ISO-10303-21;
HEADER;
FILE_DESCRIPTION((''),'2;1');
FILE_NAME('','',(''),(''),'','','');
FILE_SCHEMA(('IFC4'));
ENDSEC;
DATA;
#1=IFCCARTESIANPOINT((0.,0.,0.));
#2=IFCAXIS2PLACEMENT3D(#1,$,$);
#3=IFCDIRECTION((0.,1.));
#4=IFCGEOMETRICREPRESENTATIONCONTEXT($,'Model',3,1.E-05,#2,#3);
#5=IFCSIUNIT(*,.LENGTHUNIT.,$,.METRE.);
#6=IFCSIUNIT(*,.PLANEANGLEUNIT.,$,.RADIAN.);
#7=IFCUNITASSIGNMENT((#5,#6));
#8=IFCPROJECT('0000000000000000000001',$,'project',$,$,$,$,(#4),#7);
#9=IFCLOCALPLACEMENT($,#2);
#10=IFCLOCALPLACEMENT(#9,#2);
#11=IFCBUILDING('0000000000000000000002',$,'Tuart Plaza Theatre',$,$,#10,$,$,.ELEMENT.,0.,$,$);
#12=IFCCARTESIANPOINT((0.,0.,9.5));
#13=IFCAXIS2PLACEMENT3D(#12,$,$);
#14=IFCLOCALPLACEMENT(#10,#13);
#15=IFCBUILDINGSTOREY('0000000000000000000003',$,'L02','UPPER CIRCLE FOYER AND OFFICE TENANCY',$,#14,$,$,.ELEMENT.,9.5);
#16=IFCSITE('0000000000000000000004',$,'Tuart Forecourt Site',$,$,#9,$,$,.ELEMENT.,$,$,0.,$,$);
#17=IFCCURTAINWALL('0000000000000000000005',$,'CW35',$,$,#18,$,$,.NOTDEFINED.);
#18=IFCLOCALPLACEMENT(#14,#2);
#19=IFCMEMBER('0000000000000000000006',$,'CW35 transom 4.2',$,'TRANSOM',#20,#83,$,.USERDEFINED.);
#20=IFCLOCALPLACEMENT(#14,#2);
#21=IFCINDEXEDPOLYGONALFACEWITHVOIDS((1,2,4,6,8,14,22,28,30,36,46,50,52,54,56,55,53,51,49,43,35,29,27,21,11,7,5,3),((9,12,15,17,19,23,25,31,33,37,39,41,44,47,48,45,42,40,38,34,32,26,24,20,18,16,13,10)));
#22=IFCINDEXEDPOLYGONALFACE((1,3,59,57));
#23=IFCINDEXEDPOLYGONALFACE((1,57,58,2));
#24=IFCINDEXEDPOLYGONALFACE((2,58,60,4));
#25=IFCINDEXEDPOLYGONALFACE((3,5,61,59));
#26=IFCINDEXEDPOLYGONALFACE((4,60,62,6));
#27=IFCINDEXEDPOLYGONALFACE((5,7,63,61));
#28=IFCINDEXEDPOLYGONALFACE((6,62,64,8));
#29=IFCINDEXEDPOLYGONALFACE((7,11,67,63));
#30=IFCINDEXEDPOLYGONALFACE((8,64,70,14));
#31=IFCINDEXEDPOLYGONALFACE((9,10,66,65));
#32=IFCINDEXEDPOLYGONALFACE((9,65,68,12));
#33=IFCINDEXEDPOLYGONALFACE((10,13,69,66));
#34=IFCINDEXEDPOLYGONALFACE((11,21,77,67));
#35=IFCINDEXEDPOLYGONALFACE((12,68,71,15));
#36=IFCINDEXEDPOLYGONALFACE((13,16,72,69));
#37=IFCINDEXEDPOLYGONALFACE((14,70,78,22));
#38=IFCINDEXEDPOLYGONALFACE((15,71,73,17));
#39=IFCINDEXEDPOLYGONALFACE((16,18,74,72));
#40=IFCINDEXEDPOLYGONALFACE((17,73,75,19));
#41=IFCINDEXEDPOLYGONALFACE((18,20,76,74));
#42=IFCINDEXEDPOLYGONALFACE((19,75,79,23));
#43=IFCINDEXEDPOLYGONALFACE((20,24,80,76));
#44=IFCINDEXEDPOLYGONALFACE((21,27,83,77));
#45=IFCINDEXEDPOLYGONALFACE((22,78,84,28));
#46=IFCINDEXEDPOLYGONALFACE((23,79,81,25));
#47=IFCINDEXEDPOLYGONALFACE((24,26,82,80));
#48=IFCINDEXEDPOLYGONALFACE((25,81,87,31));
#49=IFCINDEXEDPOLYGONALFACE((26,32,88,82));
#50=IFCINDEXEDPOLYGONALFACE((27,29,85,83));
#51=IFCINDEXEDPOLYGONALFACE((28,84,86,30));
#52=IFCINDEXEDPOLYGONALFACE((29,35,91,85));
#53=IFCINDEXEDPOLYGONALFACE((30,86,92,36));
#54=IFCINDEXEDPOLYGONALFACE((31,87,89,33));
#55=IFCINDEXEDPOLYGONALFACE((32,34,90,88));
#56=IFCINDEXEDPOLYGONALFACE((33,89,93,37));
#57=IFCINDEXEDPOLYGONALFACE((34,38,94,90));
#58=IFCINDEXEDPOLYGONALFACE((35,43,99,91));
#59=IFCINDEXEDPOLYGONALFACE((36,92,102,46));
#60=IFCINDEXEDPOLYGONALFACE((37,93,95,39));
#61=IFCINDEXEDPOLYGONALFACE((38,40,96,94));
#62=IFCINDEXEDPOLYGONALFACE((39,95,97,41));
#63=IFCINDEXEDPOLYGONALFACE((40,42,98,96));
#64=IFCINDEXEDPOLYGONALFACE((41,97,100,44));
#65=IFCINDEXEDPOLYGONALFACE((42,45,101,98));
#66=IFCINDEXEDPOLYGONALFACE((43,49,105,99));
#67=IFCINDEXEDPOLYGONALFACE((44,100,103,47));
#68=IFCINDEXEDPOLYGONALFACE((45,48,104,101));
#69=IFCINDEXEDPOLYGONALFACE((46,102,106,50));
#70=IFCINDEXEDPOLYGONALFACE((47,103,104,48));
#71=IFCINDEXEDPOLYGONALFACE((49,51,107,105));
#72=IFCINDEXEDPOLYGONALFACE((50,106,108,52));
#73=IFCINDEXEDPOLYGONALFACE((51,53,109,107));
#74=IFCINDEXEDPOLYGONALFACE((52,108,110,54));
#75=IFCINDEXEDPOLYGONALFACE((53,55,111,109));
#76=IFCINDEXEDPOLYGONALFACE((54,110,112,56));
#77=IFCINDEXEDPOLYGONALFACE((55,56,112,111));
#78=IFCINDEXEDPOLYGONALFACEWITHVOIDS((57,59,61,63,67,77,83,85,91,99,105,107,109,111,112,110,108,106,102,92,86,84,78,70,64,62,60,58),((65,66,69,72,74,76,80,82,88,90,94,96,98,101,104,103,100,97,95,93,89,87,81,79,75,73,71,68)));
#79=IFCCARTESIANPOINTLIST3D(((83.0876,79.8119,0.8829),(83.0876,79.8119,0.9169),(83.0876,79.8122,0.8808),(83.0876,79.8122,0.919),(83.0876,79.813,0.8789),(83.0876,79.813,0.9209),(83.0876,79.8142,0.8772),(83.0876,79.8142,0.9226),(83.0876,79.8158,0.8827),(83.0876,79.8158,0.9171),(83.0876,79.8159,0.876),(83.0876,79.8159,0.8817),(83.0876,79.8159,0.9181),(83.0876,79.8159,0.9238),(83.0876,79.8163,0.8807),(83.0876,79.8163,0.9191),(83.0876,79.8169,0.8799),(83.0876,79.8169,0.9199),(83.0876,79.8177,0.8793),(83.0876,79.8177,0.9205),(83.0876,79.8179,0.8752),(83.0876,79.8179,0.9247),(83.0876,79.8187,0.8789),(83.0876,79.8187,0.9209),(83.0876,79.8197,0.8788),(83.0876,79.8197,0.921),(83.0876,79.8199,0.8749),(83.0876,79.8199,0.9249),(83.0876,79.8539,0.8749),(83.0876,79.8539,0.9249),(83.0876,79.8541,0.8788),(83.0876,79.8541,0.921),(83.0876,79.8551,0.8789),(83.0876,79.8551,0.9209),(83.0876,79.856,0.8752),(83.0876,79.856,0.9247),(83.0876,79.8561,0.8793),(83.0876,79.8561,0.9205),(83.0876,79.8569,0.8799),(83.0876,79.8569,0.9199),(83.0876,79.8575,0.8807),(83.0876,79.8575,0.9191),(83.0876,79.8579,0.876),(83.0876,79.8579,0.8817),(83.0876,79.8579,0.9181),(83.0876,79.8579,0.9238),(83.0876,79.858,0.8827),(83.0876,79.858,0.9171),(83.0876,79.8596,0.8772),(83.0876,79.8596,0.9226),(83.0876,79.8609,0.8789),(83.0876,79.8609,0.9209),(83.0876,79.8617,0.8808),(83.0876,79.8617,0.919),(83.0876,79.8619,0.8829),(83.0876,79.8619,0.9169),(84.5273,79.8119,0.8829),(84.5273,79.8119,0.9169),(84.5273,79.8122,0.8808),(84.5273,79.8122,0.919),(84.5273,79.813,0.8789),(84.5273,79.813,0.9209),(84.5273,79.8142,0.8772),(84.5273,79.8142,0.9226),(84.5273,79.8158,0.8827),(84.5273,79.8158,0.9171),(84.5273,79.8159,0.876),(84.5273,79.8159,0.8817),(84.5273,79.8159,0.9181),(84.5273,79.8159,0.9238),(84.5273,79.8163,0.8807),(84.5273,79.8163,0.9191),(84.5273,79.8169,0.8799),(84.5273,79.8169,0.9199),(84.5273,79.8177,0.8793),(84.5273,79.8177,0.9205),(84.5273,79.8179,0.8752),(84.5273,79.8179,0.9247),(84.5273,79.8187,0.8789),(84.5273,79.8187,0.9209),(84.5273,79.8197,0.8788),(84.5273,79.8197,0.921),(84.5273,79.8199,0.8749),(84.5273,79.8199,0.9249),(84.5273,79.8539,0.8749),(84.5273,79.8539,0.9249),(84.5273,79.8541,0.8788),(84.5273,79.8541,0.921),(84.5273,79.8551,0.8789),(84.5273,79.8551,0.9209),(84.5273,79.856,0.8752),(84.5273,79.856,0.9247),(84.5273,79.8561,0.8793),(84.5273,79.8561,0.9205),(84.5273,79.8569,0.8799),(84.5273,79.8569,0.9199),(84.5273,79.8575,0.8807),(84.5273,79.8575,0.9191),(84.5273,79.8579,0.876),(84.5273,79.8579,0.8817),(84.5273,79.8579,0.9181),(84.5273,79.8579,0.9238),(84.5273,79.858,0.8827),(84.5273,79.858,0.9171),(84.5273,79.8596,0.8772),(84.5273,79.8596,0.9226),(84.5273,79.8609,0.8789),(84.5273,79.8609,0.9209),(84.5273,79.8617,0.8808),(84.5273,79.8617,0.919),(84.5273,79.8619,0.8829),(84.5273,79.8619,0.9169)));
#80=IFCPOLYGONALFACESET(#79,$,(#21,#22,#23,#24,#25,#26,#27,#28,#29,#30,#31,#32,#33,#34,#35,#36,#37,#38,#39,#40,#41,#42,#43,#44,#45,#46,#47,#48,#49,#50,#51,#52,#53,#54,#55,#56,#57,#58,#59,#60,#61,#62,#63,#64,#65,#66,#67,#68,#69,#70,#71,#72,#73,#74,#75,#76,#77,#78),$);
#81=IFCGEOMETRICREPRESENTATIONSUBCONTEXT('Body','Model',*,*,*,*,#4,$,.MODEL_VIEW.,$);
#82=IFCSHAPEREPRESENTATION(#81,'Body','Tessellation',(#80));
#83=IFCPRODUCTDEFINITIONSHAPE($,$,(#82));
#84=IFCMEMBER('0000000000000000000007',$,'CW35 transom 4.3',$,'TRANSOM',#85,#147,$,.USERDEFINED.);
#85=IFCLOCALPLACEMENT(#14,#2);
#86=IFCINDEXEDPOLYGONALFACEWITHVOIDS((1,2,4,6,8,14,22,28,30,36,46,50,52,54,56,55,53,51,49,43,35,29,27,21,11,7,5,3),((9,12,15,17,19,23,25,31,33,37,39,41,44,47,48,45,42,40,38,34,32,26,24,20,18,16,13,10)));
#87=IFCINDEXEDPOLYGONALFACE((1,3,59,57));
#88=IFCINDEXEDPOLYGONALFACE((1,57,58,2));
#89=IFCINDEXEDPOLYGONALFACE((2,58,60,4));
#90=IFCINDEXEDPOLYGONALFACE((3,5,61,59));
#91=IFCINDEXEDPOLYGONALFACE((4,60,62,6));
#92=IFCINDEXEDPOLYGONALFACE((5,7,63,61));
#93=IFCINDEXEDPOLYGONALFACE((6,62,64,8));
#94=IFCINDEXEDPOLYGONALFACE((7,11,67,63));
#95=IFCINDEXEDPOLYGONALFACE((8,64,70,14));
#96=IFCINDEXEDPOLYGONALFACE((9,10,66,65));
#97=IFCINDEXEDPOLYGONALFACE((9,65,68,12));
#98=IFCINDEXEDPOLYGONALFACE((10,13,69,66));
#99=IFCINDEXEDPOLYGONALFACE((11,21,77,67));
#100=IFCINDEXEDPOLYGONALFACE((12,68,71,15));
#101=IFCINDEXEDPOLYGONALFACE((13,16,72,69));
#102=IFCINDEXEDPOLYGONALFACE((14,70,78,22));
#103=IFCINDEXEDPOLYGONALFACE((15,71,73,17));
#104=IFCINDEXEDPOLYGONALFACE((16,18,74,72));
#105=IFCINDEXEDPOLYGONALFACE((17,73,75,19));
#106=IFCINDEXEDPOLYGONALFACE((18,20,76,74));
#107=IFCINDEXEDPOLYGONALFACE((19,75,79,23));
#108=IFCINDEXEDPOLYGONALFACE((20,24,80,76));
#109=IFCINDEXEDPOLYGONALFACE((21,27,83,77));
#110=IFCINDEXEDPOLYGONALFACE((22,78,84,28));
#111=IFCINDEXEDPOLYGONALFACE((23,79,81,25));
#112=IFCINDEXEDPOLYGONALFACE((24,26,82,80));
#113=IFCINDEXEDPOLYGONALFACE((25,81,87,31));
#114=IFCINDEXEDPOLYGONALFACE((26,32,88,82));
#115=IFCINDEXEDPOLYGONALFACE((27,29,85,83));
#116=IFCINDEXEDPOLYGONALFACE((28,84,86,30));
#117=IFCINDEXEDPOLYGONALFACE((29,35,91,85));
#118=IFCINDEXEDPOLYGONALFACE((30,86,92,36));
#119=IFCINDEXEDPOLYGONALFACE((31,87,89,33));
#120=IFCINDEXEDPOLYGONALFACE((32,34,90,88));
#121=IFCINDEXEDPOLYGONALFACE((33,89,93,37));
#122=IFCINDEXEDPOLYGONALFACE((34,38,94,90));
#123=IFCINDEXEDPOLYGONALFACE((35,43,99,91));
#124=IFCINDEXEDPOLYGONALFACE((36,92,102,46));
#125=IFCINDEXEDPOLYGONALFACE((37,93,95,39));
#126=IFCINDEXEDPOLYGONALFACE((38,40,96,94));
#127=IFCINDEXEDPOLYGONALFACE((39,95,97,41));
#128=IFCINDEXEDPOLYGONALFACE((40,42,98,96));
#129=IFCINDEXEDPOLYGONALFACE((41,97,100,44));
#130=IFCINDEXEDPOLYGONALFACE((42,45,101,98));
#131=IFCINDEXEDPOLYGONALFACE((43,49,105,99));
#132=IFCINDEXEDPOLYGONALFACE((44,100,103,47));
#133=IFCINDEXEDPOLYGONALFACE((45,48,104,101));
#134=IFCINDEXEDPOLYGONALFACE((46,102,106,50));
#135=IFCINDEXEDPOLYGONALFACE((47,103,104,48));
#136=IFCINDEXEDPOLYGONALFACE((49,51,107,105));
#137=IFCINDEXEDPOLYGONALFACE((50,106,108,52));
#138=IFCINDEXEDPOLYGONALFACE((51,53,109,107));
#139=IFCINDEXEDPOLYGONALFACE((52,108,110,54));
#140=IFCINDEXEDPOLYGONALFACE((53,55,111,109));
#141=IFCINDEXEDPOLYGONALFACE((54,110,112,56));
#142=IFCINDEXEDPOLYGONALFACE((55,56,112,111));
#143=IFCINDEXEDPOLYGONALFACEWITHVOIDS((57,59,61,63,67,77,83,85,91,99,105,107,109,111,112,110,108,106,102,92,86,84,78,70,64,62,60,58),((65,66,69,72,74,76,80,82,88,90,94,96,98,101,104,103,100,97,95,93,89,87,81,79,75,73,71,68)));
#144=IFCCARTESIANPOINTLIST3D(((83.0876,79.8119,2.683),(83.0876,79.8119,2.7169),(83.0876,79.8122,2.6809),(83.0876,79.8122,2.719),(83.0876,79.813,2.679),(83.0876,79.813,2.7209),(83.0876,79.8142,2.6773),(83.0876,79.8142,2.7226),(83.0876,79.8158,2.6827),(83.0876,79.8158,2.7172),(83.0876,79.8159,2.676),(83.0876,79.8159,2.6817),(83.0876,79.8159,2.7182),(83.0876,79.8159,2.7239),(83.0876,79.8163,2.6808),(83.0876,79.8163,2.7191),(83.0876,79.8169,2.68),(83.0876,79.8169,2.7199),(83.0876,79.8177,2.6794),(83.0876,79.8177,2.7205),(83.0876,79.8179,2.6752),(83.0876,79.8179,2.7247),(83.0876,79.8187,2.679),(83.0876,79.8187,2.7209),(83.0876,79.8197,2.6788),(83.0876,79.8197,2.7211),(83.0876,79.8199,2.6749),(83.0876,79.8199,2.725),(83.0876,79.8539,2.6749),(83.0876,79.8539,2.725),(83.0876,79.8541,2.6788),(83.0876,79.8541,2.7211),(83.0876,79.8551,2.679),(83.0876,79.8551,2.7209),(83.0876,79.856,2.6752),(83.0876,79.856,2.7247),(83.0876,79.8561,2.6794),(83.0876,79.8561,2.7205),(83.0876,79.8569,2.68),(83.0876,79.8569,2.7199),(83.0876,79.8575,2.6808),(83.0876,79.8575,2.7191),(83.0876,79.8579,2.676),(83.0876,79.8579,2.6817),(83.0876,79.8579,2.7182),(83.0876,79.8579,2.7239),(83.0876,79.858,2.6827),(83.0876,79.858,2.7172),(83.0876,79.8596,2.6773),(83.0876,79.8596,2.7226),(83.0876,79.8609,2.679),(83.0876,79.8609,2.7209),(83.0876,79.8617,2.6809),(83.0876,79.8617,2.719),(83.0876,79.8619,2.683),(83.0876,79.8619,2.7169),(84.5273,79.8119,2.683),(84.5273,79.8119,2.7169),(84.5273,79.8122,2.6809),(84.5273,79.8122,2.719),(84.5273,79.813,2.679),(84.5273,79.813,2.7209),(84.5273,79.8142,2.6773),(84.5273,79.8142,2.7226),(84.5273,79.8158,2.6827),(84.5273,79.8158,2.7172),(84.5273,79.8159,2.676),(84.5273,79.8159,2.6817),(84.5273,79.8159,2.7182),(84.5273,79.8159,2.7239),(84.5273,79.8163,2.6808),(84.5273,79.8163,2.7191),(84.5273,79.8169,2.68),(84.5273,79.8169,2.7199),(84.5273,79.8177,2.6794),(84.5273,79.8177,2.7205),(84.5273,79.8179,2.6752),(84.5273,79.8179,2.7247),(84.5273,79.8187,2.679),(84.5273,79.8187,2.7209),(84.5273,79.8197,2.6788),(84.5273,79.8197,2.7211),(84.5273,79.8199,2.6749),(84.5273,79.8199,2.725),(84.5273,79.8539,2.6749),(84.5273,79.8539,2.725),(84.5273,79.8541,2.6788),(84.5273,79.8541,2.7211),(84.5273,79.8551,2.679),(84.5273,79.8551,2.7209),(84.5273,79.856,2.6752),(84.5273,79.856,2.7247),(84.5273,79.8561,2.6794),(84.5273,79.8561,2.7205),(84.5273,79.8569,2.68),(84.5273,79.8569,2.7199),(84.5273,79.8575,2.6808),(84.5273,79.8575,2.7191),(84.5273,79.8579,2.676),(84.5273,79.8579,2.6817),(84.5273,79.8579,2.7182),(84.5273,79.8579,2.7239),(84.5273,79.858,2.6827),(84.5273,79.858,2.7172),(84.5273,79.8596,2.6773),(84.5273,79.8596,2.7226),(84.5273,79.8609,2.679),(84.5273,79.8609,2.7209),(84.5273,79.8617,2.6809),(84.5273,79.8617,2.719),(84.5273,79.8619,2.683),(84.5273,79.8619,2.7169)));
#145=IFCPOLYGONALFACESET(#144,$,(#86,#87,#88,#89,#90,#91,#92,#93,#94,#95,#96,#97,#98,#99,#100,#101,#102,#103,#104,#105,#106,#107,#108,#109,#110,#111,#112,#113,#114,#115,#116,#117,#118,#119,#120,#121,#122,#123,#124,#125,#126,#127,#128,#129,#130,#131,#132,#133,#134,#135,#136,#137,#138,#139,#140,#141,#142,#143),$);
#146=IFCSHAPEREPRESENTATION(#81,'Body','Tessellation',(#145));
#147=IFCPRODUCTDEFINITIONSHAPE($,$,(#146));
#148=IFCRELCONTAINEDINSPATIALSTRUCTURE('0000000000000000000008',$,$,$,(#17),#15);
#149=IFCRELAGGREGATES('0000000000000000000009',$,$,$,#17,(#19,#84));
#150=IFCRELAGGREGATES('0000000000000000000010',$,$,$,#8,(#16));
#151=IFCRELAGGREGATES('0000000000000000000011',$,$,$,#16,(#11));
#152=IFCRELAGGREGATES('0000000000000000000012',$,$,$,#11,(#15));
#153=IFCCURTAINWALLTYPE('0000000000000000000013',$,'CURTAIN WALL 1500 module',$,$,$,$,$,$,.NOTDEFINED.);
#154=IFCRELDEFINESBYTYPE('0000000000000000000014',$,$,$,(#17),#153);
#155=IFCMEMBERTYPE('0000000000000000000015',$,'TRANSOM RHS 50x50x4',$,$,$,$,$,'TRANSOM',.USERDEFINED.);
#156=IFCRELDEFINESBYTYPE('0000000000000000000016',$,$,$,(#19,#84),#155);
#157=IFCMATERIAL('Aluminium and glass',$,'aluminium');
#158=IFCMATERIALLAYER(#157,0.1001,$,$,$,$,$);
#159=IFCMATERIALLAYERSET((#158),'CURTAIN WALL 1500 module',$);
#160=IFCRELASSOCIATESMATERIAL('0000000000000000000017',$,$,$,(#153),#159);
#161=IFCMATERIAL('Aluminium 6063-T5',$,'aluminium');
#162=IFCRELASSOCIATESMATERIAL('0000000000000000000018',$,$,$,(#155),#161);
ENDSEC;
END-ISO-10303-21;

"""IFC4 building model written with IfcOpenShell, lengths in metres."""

from ifc_helpers import new_model, si_unit, direction, frame, origin, origin_2d, place, context, subcontext, project, spatial, hollow_rectangle, extrude, material, layer, layer_set, material_profile, profile_set, type_object, element, aggregate, save


model = new_model("IFC4")

# Units and contexts
model_context = context("Model", 3, precision=1e-05, world=origin(), true_north=direction((0.0, 1.0)))
body_context = subcontext(model_context, "Body", "Model", "MODEL_VIEW")
ifc_project = project(units=[si_unit("LENGTHUNIT", "METRE"), si_unit("PLANEANGLEUNIT", "RADIAN")], contexts=[model_context])

# Site, building, storey
site_placement = place(None, origin())
site = spatial("IfcSite", under=ifc_project, at=site_placement, Name="Tuart Forecourt Site", CompositionType="ELEMENT", RefElevation=0.0)
building_placement = place(site_placement, origin())
building = spatial("IfcBuilding", under=site, at=building_placement, Name="Tuart Plaza Theatre", CompositionType="ELEMENT", ElevationOfRefHeight=0.0)
storey_placement = place(building_placement, frame((0.0, 0.0, 9.5)))
storey = spatial("IfcBuildingStorey", under=building, at=storey_placement, Name="L02", Description="UPPER CIRCLE FOYER AND OFFICE TENANCY", CompositionType="ELEMENT", Elevation=9.5)

# Curtain wall, members
ifc_material_1 = material(Name="Aluminium and glass", Category="aluminium")
ifc_layer_1 = layer(ifc_material_1, 0.1001)
ifc_layer_set_1 = layer_set([ifc_layer_1], Name="CURTAIN WALL 1500 module")
curtain_wall_type = type_object("IfcCurtainWallType", Name="CURTAIN WALL 1500 module", PredefinedType="NOTDEFINED", material=ifc_layer_set_1)
curtain_wall_placement = place(storey_placement, origin())
curtain_wall = element("IfcCurtainWall", 1, at=curtain_wall_placement, inside=storey, type_object=curtain_wall_type, Name="CW35", PredefinedType="NOTDEFINED")
ifc_material_2 = material(Name="Aluminium 6063-T5", Category="aluminium")
ifc_material_profile_1 = material_profile(ifc_material_2, hollow_rectangle(XDim=0.05, YDim=0.05, WallThickness=0.0039, InnerFilletRadius=0.0039, OuterFilletRadius=0.0081, at=origin_2d()), Name="RHS 50x50x4")
ifc_profile_set_1 = profile_set([ifc_material_profile_1], Name="Aluminium 6063-T5")
member_type_1 = type_object("IfcMemberType", Name="TRANSOM RHS 50x50x4", ElementType="TRANSOM", PredefinedType="USERDEFINED", material=ifc_profile_set_1)
member_1_placement = place(storey_placement, frame((83.0876, 79.8369, 0.8999), z_axis=(1.0, 0.0, 0.0), x_axis=(0.0, 1.0, 0.0)))
member_1 = element("IfcMember", 2, at=member_1_placement, type_object=member_type_1, Name="CW35 transom 4.2", ObjectType="TRANSOM", PredefinedType="USERDEFINED", context=body_context, shape_type="SweptSolid", body=[
    extrude(hollow_rectangle(XDim=0.05, YDim=0.05, WallThickness=0.0039, InnerFilletRadius=0.0039, OuterFilletRadius=0.0081, at=origin_2d()), origin(), (0.0, 0.0, 1.0), 1.4397),
])
member_2_placement = place(storey_placement, frame((83.0876, 79.8369, 2.7), z_axis=(1.0, 0.0, 0.0), x_axis=(0.0, 1.0, 0.0)))
member_2 = element("IfcMember", 3, at=member_2_placement, type_object=member_type_1, Name="CW35 transom 4.3", ObjectType="TRANSOM", PredefinedType="USERDEFINED", context=body_context, shape_type="SweptSolid", body=[
    extrude(hollow_rectangle(XDim=0.05, YDim=0.05, WallThickness=0.0039, InnerFilletRadius=0.0039, OuterFilletRadius=0.0081, at=origin_2d()), origin(), (0.0, 0.0, 1.0), 1.4397),
])
aggregate(curtain_wall, [member_1, member_2])

save(model, "model.ifc")
